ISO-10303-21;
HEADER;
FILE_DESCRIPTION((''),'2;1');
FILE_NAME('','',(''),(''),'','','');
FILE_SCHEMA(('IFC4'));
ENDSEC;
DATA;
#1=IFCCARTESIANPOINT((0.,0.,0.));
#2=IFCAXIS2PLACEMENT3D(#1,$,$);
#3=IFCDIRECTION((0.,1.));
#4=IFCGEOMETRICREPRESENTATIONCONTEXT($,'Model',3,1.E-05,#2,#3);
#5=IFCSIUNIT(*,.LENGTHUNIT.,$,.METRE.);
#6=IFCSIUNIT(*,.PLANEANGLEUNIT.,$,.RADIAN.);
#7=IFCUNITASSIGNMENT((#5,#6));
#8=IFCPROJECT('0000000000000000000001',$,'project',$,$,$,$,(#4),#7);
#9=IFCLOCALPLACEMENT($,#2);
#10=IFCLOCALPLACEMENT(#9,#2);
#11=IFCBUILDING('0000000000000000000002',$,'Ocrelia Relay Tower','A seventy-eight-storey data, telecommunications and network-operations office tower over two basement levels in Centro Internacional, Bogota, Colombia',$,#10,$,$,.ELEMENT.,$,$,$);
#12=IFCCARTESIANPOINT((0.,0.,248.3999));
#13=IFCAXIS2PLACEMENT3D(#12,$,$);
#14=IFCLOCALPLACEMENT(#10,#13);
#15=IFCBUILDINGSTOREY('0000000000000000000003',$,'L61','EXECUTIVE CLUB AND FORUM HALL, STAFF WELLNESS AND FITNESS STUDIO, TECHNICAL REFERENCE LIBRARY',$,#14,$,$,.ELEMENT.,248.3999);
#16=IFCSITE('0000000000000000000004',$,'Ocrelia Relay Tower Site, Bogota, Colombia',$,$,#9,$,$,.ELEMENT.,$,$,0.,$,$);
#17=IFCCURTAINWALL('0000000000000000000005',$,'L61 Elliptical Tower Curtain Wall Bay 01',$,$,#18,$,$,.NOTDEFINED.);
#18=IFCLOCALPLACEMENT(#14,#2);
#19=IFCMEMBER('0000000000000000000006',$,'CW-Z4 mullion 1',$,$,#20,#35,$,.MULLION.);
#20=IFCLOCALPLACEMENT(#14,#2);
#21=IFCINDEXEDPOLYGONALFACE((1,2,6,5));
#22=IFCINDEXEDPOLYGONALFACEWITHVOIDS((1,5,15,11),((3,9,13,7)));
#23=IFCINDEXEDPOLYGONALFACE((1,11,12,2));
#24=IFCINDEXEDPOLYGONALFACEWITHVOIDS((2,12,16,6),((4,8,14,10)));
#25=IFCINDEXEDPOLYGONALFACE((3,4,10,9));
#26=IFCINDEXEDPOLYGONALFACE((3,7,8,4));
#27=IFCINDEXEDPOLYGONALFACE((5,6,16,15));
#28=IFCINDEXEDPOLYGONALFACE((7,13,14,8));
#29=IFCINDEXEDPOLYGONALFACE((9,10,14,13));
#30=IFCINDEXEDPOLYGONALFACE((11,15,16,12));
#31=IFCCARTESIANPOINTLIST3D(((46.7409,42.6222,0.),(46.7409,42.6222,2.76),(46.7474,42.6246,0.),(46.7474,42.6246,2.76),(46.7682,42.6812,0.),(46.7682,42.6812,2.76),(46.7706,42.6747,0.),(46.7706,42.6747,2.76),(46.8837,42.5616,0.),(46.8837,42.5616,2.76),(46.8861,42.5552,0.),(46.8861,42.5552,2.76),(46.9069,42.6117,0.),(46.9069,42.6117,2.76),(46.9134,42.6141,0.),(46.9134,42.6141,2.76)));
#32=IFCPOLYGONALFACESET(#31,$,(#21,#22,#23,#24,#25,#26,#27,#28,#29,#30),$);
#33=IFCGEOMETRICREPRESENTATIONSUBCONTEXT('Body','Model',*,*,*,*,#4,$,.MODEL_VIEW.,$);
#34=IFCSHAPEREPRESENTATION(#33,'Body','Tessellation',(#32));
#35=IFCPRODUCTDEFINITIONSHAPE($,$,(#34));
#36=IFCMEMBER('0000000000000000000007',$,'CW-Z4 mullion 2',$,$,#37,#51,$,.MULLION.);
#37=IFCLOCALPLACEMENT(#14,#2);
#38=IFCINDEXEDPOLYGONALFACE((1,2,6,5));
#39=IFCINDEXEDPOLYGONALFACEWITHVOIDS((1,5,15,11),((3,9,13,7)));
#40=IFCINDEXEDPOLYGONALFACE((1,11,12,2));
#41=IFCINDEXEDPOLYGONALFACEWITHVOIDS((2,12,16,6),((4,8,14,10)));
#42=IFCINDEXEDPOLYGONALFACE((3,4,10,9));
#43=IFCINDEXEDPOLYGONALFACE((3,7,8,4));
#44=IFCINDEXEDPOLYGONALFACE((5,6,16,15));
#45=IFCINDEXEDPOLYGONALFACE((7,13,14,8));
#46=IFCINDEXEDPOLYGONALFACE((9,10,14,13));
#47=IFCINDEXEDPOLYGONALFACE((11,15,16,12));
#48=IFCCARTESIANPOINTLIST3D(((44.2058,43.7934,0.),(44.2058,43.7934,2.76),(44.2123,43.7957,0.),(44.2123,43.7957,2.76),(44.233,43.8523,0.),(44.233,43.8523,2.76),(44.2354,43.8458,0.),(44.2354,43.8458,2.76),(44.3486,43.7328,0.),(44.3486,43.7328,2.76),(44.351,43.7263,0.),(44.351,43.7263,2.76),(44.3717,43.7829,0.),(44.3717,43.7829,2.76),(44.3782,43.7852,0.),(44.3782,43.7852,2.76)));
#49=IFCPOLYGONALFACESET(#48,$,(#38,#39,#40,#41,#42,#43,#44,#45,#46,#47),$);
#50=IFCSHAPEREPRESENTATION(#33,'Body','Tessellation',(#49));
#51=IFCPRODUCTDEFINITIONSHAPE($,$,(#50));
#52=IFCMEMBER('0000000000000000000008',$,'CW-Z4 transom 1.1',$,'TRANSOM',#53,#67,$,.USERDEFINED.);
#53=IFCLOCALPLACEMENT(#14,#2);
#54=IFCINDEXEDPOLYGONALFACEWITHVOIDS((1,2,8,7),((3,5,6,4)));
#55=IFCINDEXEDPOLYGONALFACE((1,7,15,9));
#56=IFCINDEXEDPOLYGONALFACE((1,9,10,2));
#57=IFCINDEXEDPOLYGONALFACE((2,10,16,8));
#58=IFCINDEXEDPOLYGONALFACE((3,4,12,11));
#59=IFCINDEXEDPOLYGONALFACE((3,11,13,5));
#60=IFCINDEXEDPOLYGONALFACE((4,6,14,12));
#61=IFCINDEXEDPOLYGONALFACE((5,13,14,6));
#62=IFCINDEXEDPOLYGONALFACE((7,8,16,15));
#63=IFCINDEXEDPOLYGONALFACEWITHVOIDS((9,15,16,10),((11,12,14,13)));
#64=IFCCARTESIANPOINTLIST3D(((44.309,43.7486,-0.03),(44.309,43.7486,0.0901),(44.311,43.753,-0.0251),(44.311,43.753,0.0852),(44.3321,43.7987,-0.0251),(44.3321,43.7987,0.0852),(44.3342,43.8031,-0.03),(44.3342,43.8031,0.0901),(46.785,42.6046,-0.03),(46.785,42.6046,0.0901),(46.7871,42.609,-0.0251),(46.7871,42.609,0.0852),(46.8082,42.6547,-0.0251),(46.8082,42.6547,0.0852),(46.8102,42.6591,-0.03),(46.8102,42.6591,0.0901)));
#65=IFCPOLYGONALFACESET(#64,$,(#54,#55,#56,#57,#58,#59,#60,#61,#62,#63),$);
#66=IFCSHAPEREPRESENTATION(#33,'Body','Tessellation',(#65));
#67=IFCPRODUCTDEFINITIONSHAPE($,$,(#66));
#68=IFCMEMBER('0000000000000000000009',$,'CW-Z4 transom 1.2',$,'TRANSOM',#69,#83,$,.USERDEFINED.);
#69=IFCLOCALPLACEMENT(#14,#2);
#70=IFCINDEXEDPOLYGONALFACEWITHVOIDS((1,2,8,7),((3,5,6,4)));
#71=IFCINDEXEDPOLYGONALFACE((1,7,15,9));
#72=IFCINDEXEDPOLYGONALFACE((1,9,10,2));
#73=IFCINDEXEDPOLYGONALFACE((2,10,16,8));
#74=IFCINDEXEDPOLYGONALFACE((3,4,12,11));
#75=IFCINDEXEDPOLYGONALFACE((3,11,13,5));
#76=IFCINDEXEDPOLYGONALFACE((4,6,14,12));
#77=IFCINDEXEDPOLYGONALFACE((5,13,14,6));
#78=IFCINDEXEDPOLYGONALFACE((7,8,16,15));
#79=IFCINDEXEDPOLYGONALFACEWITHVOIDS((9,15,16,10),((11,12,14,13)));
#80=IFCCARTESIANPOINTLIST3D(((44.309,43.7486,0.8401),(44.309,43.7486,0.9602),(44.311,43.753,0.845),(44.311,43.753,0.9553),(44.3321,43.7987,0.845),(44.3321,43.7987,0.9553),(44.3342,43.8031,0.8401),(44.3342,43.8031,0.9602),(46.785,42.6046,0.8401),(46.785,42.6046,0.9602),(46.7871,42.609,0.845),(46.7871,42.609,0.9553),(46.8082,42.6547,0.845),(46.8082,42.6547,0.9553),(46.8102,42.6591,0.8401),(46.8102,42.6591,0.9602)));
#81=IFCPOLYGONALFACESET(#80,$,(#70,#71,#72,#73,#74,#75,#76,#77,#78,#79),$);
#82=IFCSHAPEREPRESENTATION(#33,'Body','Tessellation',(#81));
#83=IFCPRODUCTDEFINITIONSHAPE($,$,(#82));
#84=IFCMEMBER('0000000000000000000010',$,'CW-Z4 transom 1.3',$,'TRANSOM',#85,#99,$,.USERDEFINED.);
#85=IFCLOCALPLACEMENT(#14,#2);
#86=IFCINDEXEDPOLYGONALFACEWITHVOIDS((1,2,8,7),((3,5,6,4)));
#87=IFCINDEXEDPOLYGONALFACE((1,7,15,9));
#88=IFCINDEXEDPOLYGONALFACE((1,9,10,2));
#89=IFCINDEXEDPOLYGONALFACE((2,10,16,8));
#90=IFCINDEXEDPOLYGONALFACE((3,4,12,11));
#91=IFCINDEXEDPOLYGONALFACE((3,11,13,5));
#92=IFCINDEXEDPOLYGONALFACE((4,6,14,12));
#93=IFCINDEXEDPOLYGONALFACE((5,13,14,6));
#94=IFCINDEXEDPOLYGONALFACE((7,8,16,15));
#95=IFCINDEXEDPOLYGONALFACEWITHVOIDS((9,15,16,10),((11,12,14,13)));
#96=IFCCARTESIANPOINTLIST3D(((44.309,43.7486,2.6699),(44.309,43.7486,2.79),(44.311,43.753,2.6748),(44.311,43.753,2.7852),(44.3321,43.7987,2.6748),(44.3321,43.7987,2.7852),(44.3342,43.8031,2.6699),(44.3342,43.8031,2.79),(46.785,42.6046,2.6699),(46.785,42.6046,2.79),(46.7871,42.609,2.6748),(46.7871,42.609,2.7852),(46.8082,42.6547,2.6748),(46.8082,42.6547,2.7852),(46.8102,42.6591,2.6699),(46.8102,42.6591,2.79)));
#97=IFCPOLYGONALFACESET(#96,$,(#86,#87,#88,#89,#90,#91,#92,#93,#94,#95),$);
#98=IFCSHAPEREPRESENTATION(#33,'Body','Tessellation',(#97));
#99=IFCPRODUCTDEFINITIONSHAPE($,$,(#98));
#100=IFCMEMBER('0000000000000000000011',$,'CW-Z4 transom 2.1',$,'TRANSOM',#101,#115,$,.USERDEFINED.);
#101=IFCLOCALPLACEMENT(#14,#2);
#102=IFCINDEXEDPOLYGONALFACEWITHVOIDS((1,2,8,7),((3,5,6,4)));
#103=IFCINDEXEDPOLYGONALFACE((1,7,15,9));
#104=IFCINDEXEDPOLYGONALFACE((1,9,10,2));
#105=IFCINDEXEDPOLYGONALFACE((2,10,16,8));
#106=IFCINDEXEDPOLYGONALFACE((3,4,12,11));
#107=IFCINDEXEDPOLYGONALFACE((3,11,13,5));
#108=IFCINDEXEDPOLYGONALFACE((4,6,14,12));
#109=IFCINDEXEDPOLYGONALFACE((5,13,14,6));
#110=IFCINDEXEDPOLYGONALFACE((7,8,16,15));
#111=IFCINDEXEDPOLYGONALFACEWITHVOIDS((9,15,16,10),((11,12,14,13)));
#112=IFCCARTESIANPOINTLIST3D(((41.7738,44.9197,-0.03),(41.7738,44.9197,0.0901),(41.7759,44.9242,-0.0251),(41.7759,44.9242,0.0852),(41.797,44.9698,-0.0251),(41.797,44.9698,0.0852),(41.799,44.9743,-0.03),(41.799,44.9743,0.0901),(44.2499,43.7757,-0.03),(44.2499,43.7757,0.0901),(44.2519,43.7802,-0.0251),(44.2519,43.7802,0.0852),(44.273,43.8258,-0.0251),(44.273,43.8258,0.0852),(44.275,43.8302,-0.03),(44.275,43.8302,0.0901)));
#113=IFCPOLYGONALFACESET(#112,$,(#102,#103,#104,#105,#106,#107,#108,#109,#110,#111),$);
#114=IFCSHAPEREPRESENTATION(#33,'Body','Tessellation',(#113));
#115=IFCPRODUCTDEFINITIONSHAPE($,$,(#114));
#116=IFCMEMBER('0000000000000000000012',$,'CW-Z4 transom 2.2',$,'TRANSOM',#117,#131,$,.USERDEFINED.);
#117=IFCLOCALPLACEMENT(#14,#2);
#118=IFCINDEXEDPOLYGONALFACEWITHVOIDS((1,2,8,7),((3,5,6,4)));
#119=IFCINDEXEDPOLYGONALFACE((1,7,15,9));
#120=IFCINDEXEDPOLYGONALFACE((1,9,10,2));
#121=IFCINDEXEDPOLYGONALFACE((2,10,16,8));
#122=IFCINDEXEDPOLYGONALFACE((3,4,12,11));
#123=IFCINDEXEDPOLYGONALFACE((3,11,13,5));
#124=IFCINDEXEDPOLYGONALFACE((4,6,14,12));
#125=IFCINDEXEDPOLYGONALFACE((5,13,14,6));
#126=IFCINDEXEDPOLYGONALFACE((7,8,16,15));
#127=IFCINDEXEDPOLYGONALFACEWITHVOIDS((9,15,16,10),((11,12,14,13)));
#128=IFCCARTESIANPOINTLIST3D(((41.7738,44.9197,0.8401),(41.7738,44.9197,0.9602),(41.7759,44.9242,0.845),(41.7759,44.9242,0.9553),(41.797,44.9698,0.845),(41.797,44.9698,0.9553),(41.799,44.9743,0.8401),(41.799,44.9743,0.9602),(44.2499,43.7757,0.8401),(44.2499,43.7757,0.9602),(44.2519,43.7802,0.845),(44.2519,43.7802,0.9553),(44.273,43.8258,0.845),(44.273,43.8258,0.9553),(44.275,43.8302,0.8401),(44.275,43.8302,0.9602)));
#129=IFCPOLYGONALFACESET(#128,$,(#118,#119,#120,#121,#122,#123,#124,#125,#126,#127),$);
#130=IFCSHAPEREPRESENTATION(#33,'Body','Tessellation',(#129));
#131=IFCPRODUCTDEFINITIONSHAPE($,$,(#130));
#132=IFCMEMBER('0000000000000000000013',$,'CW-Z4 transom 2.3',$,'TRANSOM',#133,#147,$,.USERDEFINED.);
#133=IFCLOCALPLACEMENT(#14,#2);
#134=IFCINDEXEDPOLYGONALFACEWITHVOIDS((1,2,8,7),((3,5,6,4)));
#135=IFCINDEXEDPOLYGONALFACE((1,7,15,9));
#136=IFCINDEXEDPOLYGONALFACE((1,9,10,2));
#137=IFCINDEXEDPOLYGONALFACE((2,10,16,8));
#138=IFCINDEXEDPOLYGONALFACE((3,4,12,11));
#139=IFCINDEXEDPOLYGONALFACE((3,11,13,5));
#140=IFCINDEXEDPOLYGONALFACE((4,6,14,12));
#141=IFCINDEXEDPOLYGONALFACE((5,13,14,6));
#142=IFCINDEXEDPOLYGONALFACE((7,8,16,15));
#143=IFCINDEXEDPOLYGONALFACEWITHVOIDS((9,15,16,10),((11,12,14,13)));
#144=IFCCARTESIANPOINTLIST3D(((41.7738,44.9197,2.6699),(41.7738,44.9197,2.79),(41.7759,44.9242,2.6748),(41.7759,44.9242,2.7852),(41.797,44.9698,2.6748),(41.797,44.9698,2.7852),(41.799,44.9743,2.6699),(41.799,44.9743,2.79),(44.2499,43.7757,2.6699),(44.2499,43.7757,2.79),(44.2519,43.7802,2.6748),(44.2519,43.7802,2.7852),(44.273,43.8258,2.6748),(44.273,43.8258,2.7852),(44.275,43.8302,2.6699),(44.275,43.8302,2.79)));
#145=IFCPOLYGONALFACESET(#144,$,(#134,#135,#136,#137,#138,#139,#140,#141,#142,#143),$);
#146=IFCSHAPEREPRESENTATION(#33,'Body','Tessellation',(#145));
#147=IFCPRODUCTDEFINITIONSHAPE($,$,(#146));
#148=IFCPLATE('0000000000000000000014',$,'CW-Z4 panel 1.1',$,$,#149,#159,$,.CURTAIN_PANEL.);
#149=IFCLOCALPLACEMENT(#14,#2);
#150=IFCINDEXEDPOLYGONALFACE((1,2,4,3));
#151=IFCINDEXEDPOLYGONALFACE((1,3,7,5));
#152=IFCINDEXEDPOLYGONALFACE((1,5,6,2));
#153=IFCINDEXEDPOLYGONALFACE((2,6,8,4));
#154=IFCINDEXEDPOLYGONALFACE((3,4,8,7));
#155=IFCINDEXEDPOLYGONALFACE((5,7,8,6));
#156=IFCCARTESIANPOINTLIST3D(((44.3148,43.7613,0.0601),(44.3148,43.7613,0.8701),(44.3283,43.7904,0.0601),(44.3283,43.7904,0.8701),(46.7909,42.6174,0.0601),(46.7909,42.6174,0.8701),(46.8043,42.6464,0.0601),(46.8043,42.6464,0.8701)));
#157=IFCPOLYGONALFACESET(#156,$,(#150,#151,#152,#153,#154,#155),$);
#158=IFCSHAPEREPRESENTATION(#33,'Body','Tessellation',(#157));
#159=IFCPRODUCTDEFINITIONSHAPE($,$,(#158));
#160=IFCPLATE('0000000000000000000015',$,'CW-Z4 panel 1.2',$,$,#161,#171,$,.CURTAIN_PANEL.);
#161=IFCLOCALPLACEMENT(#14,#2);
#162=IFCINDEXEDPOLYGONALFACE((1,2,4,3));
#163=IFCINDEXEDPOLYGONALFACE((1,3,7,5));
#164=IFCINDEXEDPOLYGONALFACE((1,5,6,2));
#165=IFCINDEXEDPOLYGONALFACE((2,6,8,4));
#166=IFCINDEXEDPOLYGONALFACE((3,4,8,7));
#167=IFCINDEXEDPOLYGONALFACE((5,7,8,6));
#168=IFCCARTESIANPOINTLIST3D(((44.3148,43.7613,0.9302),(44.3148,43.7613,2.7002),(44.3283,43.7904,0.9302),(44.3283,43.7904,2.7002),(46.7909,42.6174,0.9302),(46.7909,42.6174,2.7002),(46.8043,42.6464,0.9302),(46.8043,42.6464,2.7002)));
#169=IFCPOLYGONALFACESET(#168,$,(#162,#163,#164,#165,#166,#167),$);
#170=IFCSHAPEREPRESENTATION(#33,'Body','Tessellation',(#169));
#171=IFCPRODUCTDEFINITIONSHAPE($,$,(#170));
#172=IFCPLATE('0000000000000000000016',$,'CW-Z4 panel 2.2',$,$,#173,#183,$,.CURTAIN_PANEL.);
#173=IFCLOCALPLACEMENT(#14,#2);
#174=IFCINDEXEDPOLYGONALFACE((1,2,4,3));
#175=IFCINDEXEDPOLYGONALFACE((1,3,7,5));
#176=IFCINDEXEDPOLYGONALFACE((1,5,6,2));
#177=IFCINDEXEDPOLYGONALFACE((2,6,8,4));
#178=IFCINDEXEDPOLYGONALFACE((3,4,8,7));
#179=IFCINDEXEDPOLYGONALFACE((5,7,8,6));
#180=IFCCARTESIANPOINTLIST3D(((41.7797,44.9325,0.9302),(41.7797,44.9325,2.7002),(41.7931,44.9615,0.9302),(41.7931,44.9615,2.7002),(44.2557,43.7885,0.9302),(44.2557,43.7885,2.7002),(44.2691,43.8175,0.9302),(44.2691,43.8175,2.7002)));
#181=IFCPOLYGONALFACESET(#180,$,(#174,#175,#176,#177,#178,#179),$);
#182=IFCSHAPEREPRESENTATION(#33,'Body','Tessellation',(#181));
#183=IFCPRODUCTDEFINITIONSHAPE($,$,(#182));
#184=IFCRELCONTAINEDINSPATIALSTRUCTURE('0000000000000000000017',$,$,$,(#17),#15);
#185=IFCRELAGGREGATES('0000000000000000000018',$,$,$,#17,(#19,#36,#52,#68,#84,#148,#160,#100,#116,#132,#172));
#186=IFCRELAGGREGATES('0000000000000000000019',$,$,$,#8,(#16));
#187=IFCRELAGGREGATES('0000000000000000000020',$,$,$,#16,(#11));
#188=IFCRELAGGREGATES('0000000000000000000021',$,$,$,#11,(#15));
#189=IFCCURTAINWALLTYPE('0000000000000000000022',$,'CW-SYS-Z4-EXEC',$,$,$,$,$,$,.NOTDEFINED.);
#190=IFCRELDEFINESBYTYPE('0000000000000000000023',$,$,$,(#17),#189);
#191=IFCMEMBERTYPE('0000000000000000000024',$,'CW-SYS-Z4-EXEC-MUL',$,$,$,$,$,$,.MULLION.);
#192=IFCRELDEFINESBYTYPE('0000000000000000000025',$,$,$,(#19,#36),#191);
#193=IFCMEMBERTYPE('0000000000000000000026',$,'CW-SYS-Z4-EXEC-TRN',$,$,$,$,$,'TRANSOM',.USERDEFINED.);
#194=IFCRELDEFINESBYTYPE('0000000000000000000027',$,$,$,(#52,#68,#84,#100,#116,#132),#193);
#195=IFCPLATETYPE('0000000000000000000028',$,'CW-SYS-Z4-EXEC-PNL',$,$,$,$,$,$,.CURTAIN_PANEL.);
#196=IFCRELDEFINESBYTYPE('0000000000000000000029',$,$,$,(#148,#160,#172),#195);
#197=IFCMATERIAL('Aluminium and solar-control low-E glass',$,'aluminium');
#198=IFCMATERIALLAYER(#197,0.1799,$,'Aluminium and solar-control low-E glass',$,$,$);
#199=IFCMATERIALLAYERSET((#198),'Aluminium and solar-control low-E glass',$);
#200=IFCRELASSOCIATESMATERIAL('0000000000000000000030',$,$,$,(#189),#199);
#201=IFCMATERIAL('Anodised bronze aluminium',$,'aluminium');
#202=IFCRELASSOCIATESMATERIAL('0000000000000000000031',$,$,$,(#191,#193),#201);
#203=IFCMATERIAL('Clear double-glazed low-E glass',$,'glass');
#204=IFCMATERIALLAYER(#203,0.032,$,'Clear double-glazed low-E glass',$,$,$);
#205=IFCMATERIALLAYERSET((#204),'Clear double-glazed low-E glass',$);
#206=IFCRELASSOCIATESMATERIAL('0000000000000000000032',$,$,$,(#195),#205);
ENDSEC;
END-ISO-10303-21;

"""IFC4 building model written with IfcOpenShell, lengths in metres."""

from ifc_helpers import new_model, si_unit, direction, frame, origin, origin_2d, place, context, subcontext, project, spatial, rectangle, hollow_rectangle, extrude, material, layer, layer_set, material_profile, profile_set, type_object, element, aggregate, save


model = new_model("IFC4")

# Units and contexts
model_context = context("Model", 3, precision=1e-05, world=origin(), true_north=direction((0.0, 1.0)))
body_context = subcontext(model_context, "Body", "Model", "MODEL_VIEW")
ifc_project = project(units=[si_unit("LENGTHUNIT", "METRE"), si_unit("PLANEANGLEUNIT", "RADIAN")], contexts=[model_context])

# Site, building, storey
site_placement = place(None, origin())
site = spatial("IfcSite", under=ifc_project, at=site_placement, Name="Ocrelia Relay Tower Site, Bogota, Colombia", CompositionType="ELEMENT", RefElevation=0.0)
building_placement = place(site_placement, origin())
building = spatial("IfcBuilding", under=site, at=building_placement, Name="Ocrelia Relay Tower", Description="A seventy-eight-storey data, telecommunications and network-operations office tower over two basement levels in Centro Internacional, Bogota, Colombia", CompositionType="ELEMENT")
storey_placement = place(building_placement, frame((0.0, 0.0, 248.3999)))
storey = spatial("IfcBuildingStorey", under=building, at=storey_placement, Name="L61", Description="EXECUTIVE CLUB AND FORUM HALL, STAFF WELLNESS AND FITNESS STUDIO, TECHNICAL REFERENCE LIBRARY", CompositionType="ELEMENT", Elevation=248.3999)

# Curtain wall, members, plates
ifc_material_1 = material(Name="Aluminium and solar-control low-E glass", Category="aluminium")
ifc_layer_1 = layer(ifc_material_1, 0.1799, Name="Aluminium and solar-control low-E glass")
ifc_layer_set_1 = layer_set([ifc_layer_1], Name="Aluminium and solar-control low-E glass")
curtain_wall_type = type_object("IfcCurtainWallType", Name="CW-SYS-Z4-EXEC", PredefinedType="NOTDEFINED", material=ifc_layer_set_1)
curtain_wall_placement = place(storey_placement, origin())
curtain_wall = element("IfcCurtainWall", 1, at=curtain_wall_placement, inside=storey, type_object=curtain_wall_type, Name="L61 Elliptical Tower Curtain Wall Bay 01", PredefinedType="NOTDEFINED")
ifc_material_2 = material(Name="Anodised bronze aluminium", Category="aluminium")
ifc_material_profile_1 = material_profile(ifc_material_2, hollow_rectangle(XDim=0.0649, YDim=0.1599, WallThickness=0.0049, at=origin_2d()), Name="CW-MUL-160x65")
ifc_profile_set_1 = profile_set([ifc_material_profile_1], Name="Anodised bronze aluminium")
member_type_1 = type_object("IfcMemberType", Name="CW-SYS-Z4-EXEC-MUL", PredefinedType="MULLION", material=ifc_profile_set_1)
member_1_placement = place(storey_placement, frame((46.8271, 42.6182, 0.0), z_axis=(0.0, 0.0, 1.0), x_axis=(-0.419413, -0.907796, 0.0)))
member_1 = element("IfcMember", 2, at=member_1_placement, type_object=member_type_1, Name="CW-Z4 mullion 1", PredefinedType="MULLION", context=body_context, shape_type="SweptSolid", body=[
    extrude(hollow_rectangle(XDim=0.0649, YDim=0.1599, WallThickness=0.0049, at=origin_2d()), origin(), (0.0, 0.0, 1.0), 2.76),
])
member_2_placement = place(storey_placement, frame((44.292, 43.7893, 0.0), z_axis=(0.0, 0.0, 1.0), x_axis=(-0.419413, -0.907796, 0.0)))
member_2 = element("IfcMember", 3, at=member_2_placement, type_object=member_type_1, Name="CW-Z4 mullion 2", PredefinedType="MULLION", context=body_context, shape_type="SweptSolid", body=[
    extrude(hollow_rectangle(XDim=0.0649, YDim=0.1599, WallThickness=0.0049, at=origin_2d()), origin(), (0.0, 0.0, 1.0), 2.76),
])
ifc_material_profile_2 = material_profile(ifc_material_2, hollow_rectangle(XDim=0.0601, YDim=0.1201, WallThickness=0.0049, at=origin_2d()), Name="CW-TRN-120x60")
ifc_profile_set_2 = profile_set([ifc_material_profile_2], Name="Anodised bronze aluminium")
member_type_2 = type_object("IfcMemberType", Name="CW-SYS-Z4-EXEC-TRN", ElementType="TRANSOM", PredefinedType="USERDEFINED", material=ifc_profile_set_2)
member_3_placement = place(storey_placement, frame((46.7976, 42.6318, 0.03), z_axis=(-0.907786, 0.419433, 0.0), x_axis=(-0.419433, -0.907786, 0.0)))
member_3 = element("IfcMember", 4, at=member_3_placement, type_object=member_type_2, Name="CW-Z4 transom 1.1", ObjectType="TRANSOM", PredefinedType="USERDEFINED", context=body_context, shape_type="SweptSolid", body=[
    extrude(hollow_rectangle(XDim=0.0601, YDim=0.1201, WallThickness=0.0049, at=origin_2d()), origin(), (0.0, 0.0, 1.0), 2.7275),
])
member_4_placement = place(storey_placement, frame((46.7976, 42.6318, 0.9001), z_axis=(-0.907786, 0.419433, 0.0), x_axis=(-0.419433, -0.907786, 0.0)))
member_4 = element("IfcMember", 5, at=member_4_placement, type_object=member_type_2, Name="CW-Z4 transom 1.2", ObjectType="TRANSOM", PredefinedType="USERDEFINED", context=body_context, shape_type="SweptSolid", body=[
    extrude(hollow_rectangle(XDim=0.0601, YDim=0.1201, WallThickness=0.0049, at=origin_2d()), origin(), (0.0, 0.0, 1.0), 2.7275),
])
member_5_placement = place(storey_placement, frame((46.7976, 42.6318, 2.73), z_axis=(-0.907786, 0.419433, 0.0), x_axis=(-0.419433, -0.907786, 0.0)))
member_5 = element("IfcMember", 6, at=member_5_placement, type_object=member_type_2, Name="CW-Z4 transom 1.3", ObjectType="TRANSOM", PredefinedType="USERDEFINED", context=body_context, shape_type="SweptSolid", body=[
    extrude(hollow_rectangle(XDim=0.0601, YDim=0.1201, WallThickness=0.0049, at=origin_2d()), origin(), (0.0, 0.0, 1.0), 2.7275),
])
member_6_placement = place(storey_placement, frame((44.2625, 43.803, 0.03), z_axis=(-0.907786, 0.419433, 0.0), x_axis=(-0.419433, -0.907786, 0.0)))
member_6 = element("IfcMember", 7, at=member_6_placement, type_object=member_type_2, Name="CW-Z4 transom 2.1", ObjectType="TRANSOM", PredefinedType="USERDEFINED", context=body_context, shape_type="SweptSolid", body=[
    extrude(hollow_rectangle(XDim=0.0601, YDim=0.1201, WallThickness=0.0049, at=origin_2d()), origin(), (0.0, 0.0, 1.0), 2.7275),
])
member_7_placement = place(storey_placement, frame((44.2625, 43.803, 0.9001), z_axis=(-0.907786, 0.419433, 0.0), x_axis=(-0.419433, -0.907786, 0.0)))
member_7 = element("IfcMember", 8, at=member_7_placement, type_object=member_type_2, Name="CW-Z4 transom 2.2", ObjectType="TRANSOM", PredefinedType="USERDEFINED", context=body_context, shape_type="SweptSolid", body=[
    extrude(hollow_rectangle(XDim=0.0601, YDim=0.1201, WallThickness=0.0049, at=origin_2d()), origin(), (0.0, 0.0, 1.0), 2.7275),
])
member_8_placement = place(storey_placement, frame((44.2625, 43.803, 2.73), z_axis=(-0.907786, 0.419433, 0.0), x_axis=(-0.419433, -0.907786, 0.0)))
member_8 = element("IfcMember", 9, at=member_8_placement, type_object=member_type_2, Name="CW-Z4 transom 2.3", ObjectType="TRANSOM", PredefinedType="USERDEFINED", context=body_context, shape_type="SweptSolid", body=[
    extrude(hollow_rectangle(XDim=0.0601, YDim=0.1201, WallThickness=0.0049, at=origin_2d()), origin(), (0.0, 0.0, 1.0), 2.7275),
])
ifc_material_3 = material(Name="Clear double-glazed low-E glass", Category="glass")
ifc_layer_2 = layer(ifc_material_3, 0.032, Name="Clear double-glazed low-E glass")
ifc_layer_set_2 = layer_set([ifc_layer_2], Name="Clear double-glazed low-E glass")
plate_type = type_object("IfcPlateType", Name="CW-SYS-Z4-EXEC-PNL", PredefinedType="CURTAIN_PANEL", material=ifc_layer_set_2)
plate_1_placement = place(storey_placement, frame((45.5596, 43.2039, 0.0601), z_axis=(0.0, 0.0, 1.0), x_axis=(-0.907796, 0.419413, 0.0)))
plate_1 = element("IfcPlate", 10, at=plate_1_placement, type_object=plate_type, Name="CW-Z4 panel 1.1", PredefinedType="CURTAIN_PANEL", context=body_context, shape_type="SweptSolid", body=[
    extrude(rectangle(XDim=2.7275, YDim=0.032, at=origin_2d()), origin(), (0.0, 0.0, 1.0), 0.8101),
])
plate_2_placement = place(storey_placement, frame((45.5596, 43.2039, 0.9302), z_axis=(0.0, 0.0, 1.0), x_axis=(-0.907796, 0.419413, 0.0)))
plate_2 = element("IfcPlate", 11, at=plate_2_placement, type_object=plate_type, Name="CW-Z4 panel 1.2", PredefinedType="CURTAIN_PANEL", context=body_context, shape_type="SweptSolid", body=[
    extrude(rectangle(XDim=2.7275, YDim=0.032, at=origin_2d()), origin(), (0.0, 0.0, 1.0), 1.77),
])
plate_3_placement = place(storey_placement, frame((43.0244, 44.375, 0.9302), z_axis=(0.0, 0.0, 1.0), x_axis=(-0.907796, 0.419413, 0.0)))
plate_3 = element("IfcPlate", 12, at=plate_3_placement, type_object=plate_type, Name="CW-Z4 panel 2.2", PredefinedType="CURTAIN_PANEL", context=body_context, shape_type="SweptSolid", body=[
    extrude(rectangle(XDim=2.7275, YDim=0.032, at=origin_2d()), origin(), (0.0, 0.0, 1.0), 1.77),
])
aggregate(curtain_wall, [member_1, member_2, member_3, member_4, member_5, plate_1, plate_2, member_6, member_7, member_8, plate_3])

save(model, "model.ifc")
